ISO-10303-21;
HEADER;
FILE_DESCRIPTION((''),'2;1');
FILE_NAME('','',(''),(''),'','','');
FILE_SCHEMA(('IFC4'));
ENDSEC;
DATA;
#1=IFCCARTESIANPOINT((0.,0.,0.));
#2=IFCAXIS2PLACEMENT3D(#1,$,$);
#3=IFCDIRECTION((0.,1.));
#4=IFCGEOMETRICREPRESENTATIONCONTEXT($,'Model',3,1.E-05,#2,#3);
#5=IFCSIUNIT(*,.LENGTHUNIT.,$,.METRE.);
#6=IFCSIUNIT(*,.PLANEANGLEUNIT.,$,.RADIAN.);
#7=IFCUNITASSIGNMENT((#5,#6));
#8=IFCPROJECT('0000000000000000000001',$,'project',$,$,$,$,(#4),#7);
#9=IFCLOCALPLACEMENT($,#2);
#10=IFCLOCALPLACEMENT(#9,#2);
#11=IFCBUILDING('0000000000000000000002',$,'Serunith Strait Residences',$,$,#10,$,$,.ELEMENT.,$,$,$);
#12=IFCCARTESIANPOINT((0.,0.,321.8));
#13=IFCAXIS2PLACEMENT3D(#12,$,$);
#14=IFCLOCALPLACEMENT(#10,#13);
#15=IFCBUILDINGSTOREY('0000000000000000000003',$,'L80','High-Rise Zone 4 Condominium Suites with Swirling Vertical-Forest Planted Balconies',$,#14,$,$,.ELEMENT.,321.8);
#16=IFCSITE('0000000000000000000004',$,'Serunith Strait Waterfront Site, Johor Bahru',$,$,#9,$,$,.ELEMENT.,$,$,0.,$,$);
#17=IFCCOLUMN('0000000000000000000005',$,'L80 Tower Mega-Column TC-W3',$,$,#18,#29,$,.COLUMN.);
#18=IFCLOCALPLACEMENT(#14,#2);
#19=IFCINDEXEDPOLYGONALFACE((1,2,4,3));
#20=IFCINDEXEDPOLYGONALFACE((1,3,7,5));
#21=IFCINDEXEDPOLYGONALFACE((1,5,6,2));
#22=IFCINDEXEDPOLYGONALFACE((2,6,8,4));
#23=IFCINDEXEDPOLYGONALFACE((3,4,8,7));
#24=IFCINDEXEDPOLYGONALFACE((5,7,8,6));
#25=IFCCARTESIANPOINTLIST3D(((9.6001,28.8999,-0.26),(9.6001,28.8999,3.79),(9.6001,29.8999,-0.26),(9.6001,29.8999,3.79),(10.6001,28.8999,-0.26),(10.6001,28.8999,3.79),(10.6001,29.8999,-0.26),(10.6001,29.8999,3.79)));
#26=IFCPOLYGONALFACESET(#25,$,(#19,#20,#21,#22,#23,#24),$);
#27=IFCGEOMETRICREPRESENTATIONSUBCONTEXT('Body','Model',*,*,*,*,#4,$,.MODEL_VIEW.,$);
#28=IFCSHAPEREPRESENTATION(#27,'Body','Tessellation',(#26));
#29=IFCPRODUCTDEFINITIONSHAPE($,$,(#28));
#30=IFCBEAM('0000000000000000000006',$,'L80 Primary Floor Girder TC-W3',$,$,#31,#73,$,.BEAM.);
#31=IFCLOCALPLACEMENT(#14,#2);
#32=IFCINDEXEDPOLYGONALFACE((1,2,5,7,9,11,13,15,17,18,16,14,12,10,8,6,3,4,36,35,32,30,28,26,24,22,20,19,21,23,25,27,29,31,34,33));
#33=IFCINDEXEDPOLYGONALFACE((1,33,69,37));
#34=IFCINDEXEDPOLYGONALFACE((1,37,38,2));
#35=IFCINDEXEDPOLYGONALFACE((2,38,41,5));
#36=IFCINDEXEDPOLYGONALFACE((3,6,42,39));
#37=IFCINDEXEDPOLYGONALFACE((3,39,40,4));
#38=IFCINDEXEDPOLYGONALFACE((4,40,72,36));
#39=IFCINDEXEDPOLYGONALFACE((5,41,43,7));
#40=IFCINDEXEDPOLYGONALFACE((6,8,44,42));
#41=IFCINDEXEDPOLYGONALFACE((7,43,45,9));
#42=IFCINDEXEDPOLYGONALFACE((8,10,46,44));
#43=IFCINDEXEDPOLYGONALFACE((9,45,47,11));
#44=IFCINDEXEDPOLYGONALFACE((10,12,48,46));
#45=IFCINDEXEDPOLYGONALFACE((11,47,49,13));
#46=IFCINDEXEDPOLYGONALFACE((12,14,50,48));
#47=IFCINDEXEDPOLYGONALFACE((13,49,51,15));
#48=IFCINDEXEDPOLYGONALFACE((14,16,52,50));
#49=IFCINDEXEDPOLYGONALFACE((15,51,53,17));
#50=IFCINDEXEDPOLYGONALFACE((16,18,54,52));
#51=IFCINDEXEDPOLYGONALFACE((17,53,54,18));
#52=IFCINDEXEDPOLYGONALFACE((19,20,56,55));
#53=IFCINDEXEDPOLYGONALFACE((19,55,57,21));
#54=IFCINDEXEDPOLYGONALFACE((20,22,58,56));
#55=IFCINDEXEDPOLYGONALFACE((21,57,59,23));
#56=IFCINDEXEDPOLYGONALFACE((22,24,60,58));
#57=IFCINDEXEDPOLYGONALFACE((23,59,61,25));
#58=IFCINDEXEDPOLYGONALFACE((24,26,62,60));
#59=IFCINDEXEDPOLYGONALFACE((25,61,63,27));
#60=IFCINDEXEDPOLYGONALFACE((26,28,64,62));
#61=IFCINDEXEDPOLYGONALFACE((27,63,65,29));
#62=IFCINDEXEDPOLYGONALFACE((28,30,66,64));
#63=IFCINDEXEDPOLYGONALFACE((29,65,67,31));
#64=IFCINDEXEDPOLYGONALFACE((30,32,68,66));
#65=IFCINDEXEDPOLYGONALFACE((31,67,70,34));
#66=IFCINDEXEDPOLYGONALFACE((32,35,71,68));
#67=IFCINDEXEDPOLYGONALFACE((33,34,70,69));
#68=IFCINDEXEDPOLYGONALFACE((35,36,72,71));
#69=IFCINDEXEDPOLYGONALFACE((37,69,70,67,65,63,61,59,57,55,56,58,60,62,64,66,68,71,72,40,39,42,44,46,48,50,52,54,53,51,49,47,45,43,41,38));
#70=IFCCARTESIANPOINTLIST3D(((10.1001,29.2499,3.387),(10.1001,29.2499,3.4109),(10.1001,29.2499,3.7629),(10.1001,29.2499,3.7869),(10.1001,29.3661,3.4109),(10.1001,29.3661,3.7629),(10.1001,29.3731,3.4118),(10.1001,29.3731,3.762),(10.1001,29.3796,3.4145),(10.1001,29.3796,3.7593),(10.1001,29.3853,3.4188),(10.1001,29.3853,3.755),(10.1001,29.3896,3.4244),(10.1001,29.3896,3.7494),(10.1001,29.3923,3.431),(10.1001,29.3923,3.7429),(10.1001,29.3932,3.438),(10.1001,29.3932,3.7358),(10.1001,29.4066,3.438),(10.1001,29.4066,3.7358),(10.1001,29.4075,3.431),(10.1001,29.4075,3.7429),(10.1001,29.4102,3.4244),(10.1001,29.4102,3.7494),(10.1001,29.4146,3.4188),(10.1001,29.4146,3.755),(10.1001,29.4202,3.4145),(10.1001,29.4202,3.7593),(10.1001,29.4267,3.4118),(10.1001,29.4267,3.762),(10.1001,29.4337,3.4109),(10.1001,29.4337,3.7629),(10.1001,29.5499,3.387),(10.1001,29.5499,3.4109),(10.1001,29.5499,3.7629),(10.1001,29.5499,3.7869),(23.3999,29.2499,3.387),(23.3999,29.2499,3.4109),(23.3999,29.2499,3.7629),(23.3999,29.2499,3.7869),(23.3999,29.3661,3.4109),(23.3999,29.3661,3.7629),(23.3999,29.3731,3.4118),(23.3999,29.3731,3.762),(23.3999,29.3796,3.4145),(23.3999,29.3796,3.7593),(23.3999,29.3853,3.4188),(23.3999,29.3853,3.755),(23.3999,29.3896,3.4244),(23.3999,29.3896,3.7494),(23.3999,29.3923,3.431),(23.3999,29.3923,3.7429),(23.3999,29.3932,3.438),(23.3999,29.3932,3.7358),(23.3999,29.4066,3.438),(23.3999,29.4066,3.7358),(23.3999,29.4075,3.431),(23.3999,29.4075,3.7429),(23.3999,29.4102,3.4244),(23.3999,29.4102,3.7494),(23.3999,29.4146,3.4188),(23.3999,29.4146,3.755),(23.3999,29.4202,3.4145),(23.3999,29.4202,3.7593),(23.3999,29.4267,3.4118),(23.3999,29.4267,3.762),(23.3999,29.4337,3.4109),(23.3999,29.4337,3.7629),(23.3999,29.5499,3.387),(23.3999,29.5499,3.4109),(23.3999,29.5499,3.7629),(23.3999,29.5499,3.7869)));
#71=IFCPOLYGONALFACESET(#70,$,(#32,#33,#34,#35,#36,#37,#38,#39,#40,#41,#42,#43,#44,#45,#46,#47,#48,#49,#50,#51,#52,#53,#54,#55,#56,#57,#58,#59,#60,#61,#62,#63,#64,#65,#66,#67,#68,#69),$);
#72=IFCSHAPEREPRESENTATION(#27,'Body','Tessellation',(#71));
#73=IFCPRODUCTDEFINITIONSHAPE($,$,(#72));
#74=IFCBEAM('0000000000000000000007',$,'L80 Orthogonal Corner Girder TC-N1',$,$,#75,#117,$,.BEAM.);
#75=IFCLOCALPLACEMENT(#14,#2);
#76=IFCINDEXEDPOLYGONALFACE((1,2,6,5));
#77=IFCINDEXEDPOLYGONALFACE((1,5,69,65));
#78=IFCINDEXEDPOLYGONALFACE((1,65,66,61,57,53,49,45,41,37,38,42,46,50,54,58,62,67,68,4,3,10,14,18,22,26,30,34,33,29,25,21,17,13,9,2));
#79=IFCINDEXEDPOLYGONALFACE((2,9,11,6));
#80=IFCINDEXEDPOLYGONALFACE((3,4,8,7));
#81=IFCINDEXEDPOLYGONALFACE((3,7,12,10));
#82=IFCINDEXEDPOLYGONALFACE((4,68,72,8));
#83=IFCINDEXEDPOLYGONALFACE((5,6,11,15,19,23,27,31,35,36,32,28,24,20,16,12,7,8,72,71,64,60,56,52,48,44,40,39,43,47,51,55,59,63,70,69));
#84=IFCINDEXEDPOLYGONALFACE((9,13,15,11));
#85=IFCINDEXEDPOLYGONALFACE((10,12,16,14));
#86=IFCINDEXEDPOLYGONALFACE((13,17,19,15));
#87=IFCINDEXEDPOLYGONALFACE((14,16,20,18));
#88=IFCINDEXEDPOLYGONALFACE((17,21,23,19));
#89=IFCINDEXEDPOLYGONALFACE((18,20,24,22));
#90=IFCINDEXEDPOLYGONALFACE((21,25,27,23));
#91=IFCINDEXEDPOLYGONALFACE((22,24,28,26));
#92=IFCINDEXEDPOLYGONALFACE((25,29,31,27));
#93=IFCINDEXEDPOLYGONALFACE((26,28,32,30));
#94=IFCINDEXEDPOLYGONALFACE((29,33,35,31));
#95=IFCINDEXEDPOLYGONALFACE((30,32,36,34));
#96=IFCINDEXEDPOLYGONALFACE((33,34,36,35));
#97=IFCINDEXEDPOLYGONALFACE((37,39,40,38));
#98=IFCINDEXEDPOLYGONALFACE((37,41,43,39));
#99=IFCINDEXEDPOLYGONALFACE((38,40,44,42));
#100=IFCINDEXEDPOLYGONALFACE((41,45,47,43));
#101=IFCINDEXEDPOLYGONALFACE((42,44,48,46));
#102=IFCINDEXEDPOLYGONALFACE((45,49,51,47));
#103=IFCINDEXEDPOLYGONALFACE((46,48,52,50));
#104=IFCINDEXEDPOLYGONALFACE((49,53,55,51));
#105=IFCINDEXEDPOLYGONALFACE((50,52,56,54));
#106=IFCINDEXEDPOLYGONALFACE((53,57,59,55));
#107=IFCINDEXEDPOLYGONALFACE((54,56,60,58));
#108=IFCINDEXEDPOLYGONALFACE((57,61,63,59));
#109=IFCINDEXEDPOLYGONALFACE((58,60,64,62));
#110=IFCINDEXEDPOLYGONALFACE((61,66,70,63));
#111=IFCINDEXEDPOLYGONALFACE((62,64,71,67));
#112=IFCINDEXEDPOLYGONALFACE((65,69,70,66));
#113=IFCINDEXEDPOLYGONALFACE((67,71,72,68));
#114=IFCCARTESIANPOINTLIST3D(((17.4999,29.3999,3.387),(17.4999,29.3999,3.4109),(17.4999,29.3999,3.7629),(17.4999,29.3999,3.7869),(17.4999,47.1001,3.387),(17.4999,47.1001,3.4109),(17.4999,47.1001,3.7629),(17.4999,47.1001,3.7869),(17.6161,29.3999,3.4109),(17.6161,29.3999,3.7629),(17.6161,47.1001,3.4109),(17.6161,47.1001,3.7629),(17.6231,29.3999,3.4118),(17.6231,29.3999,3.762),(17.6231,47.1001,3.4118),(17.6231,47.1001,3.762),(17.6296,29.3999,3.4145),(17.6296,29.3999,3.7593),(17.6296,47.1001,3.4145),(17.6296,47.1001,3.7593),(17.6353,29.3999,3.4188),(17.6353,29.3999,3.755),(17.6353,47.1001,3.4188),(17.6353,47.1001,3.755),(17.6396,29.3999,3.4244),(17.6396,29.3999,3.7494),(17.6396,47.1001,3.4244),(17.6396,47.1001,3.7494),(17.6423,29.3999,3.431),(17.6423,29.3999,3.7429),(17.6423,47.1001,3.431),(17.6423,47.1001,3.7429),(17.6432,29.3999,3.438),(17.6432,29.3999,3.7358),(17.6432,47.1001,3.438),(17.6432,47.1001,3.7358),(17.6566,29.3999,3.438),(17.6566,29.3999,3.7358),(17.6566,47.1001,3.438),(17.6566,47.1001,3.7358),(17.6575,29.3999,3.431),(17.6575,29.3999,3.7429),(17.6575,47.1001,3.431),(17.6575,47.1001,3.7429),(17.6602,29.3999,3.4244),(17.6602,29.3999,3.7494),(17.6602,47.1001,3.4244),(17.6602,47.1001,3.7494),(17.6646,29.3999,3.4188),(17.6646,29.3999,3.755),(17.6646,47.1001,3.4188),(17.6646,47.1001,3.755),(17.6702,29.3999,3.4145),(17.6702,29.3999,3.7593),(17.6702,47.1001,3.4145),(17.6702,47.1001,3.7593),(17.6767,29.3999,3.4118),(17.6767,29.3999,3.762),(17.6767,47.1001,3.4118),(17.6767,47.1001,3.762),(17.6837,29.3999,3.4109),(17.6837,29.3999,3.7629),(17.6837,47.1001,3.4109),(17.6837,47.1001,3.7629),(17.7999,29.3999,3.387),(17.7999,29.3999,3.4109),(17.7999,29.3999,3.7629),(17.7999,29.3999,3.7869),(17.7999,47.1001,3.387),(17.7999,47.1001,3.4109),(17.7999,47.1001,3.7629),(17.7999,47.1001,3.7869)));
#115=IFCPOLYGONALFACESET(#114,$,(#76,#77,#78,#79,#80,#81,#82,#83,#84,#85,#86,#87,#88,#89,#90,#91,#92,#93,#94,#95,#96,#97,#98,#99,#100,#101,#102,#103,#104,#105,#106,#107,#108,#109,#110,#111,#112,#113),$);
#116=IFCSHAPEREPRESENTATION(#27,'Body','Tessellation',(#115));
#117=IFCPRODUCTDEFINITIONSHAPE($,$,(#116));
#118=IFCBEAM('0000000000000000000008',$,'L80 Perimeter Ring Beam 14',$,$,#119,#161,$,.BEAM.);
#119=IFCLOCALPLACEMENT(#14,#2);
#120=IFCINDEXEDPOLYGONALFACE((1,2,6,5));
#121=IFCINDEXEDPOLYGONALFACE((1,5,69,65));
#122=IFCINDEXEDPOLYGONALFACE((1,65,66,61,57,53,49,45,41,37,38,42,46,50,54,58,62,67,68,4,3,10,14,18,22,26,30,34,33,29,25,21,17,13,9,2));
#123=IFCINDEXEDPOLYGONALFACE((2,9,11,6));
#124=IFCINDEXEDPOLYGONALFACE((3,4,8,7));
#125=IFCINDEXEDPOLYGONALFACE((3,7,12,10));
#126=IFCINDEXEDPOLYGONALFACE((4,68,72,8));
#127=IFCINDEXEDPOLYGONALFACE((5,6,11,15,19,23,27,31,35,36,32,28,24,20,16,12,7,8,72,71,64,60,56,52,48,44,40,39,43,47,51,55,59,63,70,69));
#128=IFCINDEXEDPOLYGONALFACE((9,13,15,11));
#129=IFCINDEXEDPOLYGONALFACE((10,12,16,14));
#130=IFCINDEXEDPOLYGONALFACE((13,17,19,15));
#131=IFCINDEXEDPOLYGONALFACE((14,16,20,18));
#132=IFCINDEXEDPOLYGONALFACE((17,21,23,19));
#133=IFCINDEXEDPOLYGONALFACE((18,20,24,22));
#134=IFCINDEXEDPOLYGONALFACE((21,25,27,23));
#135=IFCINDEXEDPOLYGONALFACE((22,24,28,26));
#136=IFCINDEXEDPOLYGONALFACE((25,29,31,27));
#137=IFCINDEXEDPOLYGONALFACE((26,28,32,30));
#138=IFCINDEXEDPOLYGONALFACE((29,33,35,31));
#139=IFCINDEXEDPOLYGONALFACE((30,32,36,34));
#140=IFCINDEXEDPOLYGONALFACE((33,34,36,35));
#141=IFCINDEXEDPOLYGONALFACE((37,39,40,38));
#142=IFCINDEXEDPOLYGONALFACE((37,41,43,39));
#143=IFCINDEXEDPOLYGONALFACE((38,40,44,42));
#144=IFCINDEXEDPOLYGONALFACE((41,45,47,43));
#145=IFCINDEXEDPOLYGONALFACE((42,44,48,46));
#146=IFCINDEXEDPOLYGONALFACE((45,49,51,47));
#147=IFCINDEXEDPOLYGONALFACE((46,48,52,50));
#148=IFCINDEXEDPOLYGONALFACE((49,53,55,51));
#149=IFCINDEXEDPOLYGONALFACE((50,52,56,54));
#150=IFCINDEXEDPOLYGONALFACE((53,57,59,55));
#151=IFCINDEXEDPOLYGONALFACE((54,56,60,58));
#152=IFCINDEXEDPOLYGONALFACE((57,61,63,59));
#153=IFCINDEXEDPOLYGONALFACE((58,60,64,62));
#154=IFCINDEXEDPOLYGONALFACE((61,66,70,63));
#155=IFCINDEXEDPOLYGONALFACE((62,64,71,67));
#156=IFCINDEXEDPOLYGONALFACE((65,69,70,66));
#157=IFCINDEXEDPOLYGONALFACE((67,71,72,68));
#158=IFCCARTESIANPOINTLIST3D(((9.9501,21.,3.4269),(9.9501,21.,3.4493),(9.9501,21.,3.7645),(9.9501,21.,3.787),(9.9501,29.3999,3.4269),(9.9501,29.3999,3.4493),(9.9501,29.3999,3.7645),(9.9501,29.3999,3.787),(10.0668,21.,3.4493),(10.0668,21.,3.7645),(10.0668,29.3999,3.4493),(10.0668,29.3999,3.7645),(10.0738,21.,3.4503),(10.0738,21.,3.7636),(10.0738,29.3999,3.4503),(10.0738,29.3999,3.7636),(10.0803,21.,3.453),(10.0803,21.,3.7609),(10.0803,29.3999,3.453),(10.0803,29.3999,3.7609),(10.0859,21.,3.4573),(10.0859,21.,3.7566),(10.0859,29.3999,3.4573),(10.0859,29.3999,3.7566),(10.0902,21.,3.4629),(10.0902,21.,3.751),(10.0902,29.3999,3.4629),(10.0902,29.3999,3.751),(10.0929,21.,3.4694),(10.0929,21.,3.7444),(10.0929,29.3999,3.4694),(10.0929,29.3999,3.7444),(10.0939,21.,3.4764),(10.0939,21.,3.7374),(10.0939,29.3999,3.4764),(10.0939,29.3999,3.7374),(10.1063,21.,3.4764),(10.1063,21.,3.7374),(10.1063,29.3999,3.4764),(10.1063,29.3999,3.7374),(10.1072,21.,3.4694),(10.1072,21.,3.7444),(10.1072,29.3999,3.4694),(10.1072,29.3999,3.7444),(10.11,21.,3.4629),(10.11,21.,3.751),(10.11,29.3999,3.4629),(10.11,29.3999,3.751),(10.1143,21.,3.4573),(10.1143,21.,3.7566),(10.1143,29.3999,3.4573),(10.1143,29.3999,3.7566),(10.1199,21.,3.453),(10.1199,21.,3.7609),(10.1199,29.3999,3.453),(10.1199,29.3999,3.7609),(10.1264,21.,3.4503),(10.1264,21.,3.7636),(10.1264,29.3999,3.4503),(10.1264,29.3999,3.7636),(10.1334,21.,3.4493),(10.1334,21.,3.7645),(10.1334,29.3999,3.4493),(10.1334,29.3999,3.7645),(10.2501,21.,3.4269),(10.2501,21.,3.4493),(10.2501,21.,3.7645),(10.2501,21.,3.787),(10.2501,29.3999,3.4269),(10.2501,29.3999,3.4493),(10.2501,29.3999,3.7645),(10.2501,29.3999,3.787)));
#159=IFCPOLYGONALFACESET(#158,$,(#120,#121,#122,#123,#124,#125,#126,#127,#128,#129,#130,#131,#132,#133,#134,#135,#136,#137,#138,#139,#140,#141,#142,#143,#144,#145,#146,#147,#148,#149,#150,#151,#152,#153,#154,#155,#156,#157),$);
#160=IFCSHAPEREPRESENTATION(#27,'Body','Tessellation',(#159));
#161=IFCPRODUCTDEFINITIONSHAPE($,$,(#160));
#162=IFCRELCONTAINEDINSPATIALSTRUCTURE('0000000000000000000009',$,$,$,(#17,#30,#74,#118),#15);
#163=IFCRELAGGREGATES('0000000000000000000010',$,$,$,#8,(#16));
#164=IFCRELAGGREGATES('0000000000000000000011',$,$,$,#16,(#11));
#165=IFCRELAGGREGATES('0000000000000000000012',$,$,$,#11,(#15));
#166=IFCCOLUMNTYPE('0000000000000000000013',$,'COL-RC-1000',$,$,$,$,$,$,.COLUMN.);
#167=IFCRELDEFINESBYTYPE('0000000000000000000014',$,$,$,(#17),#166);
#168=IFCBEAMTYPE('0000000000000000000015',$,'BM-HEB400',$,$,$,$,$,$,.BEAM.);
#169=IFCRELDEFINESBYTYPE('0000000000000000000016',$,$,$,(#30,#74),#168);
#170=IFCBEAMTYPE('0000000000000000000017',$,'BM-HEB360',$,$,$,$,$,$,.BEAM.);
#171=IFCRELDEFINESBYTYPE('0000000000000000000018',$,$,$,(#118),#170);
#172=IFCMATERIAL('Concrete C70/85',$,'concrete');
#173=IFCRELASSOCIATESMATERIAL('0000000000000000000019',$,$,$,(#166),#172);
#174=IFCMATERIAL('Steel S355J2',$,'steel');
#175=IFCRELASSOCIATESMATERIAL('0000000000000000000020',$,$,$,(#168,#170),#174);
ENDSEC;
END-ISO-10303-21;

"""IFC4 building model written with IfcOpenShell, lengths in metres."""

from ifc_helpers import new_model, si_unit, direction, frame, origin, origin_2d, place, context, subcontext, project, spatial, rectangle, i_section, extrude, source, transform, mapped, material, material_profile, profile_set, type_object, element, save


model = new_model("IFC4")

# Units and contexts
model_context = context("Model", 3, precision=1e-05, world=origin(), true_north=direction((0.0, 1.0)))
body_context = subcontext(model_context, "Body", "Model", "MODEL_VIEW")
ifc_project = project(units=[si_unit("LENGTHUNIT", "METRE"), si_unit("PLANEANGLEUNIT", "RADIAN")], contexts=[model_context])

# Site, building, storey
site_placement = place(None, origin())
site = spatial("IfcSite", under=ifc_project, at=site_placement, Name="Serunith Strait Waterfront Site, Johor Bahru", CompositionType="ELEMENT", RefElevation=0.0)
building_placement = place(site_placement, origin())
building = spatial("IfcBuilding", under=site, at=building_placement, Name="Serunith Strait Residences", CompositionType="ELEMENT")
storey_placement = place(building_placement, frame((0.0, 0.0, 321.8)))
storey = spatial("IfcBuildingStorey", under=building, at=storey_placement, Name="L80", Description="High-Rise Zone 4 Condominium Suites with Swirling Vertical-Forest Planted Balconies", CompositionType="ELEMENT", Elevation=321.8)

# Column
ifc_material_1 = material(Name="Concrete C70/85", Category="concrete")
ifc_material_profile_1 = material_profile(ifc_material_1, rectangle(XDim=1.0, YDim=1.0, at=origin_2d()), Name="RC 1000x1000")
ifc_profile_set_1 = profile_set([ifc_material_profile_1], Name="Concrete C70/85")
column_type = type_object("IfcColumnType", Name="COL-RC-1000", PredefinedType="COLUMN", material=ifc_profile_set_1)
shared_shape_1 = source(origin(), body_context, "Body", "SweptSolid", [
    extrude(rectangle(XDim=1.0, YDim=1.0, at=origin_2d()), origin(), (0.0, 0.0, 1.0), 4.05),
])
column_placement = place(storey_placement, frame((10.1001, 29.3999, -0.26), z_axis=(0.0, 0.0, 1.0), x_axis=(1.0, 0.0, 0.0)))
element("IfcColumn", 1, at=column_placement, inside=storey, type_object=column_type, Name="L80 Tower Mega-Column TC-W3", PredefinedType="COLUMN", context=body_context, shape_type="MappedRepresentation", body=[
    mapped(shared_shape_1, transform((0.0, 0.0, 0.0), scale=1.0)),
])

# Beams
ifc_material_2 = material(Name="Steel S355J2", Category="steel")
ifc_material_profile_2 = material_profile(ifc_material_2, i_section(OverallWidth=0.3, OverallDepth=0.3999, WebThickness=0.0134, FlangeThickness=0.0239, FilletRadius=0.0271, at=origin_2d()), Name="HEB 400")
ifc_profile_set_2 = profile_set([ifc_material_profile_2], Name="Steel S355J2")
beam_type_1 = type_object("IfcBeamType", Name="BM-HEB400", PredefinedType="BEAM", material=ifc_profile_set_2)
shared_shape_2 = source(origin(), body_context, "Body", "SweptSolid", [
    extrude(i_section(OverallWidth=0.3, OverallDepth=0.3999, WebThickness=0.0134, FlangeThickness=0.0239, FilletRadius=0.0271, at=origin_2d()), origin(), (0.0, 0.0, 1.0), 13.2998),
])
beam_1_placement = place(storey_placement, frame((23.3999, 29.3999, 3.5869), z_axis=(-1.0, 0.0, 0.0), x_axis=(0.0, -1.0, 0.0)))
element("IfcBeam", 2, at=beam_1_placement, inside=storey, type_object=beam_type_1, Name="L80 Primary Floor Girder TC-W3", PredefinedType="BEAM", context=body_context, shape_type="MappedRepresentation", body=[
    mapped(shared_shape_2, transform((0.0, 0.0, 0.0), scale=1.0)),
])
shared_shape_3 = source(origin(), body_context, "Body", "SweptSolid", [
    extrude(i_section(OverallWidth=0.3, OverallDepth=0.3999, WebThickness=0.0134, FlangeThickness=0.0239, FilletRadius=0.0271, at=origin_2d()), origin(), (0.0, 0.0, 1.0), 17.7002),
])
beam_2_placement = place(storey_placement, frame((17.6499, 29.3999, 3.5869), z_axis=(0.0, 1.0, 0.0), x_axis=(-1.0, 0.0, 0.0)))
element("IfcBeam", 3, at=beam_2_placement, inside=storey, type_object=beam_type_1, Name="L80 Orthogonal Corner Girder TC-N1", PredefinedType="BEAM", context=body_context, shape_type="MappedRepresentation", body=[
    mapped(shared_shape_3, transform((0.0, 0.0, 0.0), scale=1.0)),
])
ifc_material_profile_3 = material_profile(ifc_material_2, i_section(OverallWidth=0.3, OverallDepth=0.3601, WebThickness=0.0125, FlangeThickness=0.0225, FilletRadius=0.0271, at=origin_2d()), Name="HEB 360")
ifc_profile_set_3 = profile_set([ifc_material_profile_3], Name="Steel S355J2")
beam_type_2 = type_object("IfcBeamType", Name="BM-HEB360", PredefinedType="BEAM", material=ifc_profile_set_3)
shared_shape_4 = source(origin(), body_context, "Body", "SweptSolid", [
    extrude(i_section(OverallWidth=0.3, OverallDepth=0.3601, WebThickness=0.0125, FlangeThickness=0.0225, FilletRadius=0.0271, at=origin_2d()), origin(), (0.0, 0.0, 1.0), 8.3999),
])
beam_3_placement = place(storey_placement, frame((10.1001, 29.3999, 3.6069), z_axis=(0.0, -1.0, 0.0), x_axis=(1.0, 0.0, 0.0)))
element("IfcBeam", 4, at=beam_3_placement, inside=storey, type_object=beam_type_2, Name="L80 Perimeter Ring Beam 14", PredefinedType="BEAM", context=body_context, shape_type="MappedRepresentation", body=[
    mapped(shared_shape_4, transform((0.0, 0.0, 0.0), scale=1.0)),
])

save(model, "model.ifc")
